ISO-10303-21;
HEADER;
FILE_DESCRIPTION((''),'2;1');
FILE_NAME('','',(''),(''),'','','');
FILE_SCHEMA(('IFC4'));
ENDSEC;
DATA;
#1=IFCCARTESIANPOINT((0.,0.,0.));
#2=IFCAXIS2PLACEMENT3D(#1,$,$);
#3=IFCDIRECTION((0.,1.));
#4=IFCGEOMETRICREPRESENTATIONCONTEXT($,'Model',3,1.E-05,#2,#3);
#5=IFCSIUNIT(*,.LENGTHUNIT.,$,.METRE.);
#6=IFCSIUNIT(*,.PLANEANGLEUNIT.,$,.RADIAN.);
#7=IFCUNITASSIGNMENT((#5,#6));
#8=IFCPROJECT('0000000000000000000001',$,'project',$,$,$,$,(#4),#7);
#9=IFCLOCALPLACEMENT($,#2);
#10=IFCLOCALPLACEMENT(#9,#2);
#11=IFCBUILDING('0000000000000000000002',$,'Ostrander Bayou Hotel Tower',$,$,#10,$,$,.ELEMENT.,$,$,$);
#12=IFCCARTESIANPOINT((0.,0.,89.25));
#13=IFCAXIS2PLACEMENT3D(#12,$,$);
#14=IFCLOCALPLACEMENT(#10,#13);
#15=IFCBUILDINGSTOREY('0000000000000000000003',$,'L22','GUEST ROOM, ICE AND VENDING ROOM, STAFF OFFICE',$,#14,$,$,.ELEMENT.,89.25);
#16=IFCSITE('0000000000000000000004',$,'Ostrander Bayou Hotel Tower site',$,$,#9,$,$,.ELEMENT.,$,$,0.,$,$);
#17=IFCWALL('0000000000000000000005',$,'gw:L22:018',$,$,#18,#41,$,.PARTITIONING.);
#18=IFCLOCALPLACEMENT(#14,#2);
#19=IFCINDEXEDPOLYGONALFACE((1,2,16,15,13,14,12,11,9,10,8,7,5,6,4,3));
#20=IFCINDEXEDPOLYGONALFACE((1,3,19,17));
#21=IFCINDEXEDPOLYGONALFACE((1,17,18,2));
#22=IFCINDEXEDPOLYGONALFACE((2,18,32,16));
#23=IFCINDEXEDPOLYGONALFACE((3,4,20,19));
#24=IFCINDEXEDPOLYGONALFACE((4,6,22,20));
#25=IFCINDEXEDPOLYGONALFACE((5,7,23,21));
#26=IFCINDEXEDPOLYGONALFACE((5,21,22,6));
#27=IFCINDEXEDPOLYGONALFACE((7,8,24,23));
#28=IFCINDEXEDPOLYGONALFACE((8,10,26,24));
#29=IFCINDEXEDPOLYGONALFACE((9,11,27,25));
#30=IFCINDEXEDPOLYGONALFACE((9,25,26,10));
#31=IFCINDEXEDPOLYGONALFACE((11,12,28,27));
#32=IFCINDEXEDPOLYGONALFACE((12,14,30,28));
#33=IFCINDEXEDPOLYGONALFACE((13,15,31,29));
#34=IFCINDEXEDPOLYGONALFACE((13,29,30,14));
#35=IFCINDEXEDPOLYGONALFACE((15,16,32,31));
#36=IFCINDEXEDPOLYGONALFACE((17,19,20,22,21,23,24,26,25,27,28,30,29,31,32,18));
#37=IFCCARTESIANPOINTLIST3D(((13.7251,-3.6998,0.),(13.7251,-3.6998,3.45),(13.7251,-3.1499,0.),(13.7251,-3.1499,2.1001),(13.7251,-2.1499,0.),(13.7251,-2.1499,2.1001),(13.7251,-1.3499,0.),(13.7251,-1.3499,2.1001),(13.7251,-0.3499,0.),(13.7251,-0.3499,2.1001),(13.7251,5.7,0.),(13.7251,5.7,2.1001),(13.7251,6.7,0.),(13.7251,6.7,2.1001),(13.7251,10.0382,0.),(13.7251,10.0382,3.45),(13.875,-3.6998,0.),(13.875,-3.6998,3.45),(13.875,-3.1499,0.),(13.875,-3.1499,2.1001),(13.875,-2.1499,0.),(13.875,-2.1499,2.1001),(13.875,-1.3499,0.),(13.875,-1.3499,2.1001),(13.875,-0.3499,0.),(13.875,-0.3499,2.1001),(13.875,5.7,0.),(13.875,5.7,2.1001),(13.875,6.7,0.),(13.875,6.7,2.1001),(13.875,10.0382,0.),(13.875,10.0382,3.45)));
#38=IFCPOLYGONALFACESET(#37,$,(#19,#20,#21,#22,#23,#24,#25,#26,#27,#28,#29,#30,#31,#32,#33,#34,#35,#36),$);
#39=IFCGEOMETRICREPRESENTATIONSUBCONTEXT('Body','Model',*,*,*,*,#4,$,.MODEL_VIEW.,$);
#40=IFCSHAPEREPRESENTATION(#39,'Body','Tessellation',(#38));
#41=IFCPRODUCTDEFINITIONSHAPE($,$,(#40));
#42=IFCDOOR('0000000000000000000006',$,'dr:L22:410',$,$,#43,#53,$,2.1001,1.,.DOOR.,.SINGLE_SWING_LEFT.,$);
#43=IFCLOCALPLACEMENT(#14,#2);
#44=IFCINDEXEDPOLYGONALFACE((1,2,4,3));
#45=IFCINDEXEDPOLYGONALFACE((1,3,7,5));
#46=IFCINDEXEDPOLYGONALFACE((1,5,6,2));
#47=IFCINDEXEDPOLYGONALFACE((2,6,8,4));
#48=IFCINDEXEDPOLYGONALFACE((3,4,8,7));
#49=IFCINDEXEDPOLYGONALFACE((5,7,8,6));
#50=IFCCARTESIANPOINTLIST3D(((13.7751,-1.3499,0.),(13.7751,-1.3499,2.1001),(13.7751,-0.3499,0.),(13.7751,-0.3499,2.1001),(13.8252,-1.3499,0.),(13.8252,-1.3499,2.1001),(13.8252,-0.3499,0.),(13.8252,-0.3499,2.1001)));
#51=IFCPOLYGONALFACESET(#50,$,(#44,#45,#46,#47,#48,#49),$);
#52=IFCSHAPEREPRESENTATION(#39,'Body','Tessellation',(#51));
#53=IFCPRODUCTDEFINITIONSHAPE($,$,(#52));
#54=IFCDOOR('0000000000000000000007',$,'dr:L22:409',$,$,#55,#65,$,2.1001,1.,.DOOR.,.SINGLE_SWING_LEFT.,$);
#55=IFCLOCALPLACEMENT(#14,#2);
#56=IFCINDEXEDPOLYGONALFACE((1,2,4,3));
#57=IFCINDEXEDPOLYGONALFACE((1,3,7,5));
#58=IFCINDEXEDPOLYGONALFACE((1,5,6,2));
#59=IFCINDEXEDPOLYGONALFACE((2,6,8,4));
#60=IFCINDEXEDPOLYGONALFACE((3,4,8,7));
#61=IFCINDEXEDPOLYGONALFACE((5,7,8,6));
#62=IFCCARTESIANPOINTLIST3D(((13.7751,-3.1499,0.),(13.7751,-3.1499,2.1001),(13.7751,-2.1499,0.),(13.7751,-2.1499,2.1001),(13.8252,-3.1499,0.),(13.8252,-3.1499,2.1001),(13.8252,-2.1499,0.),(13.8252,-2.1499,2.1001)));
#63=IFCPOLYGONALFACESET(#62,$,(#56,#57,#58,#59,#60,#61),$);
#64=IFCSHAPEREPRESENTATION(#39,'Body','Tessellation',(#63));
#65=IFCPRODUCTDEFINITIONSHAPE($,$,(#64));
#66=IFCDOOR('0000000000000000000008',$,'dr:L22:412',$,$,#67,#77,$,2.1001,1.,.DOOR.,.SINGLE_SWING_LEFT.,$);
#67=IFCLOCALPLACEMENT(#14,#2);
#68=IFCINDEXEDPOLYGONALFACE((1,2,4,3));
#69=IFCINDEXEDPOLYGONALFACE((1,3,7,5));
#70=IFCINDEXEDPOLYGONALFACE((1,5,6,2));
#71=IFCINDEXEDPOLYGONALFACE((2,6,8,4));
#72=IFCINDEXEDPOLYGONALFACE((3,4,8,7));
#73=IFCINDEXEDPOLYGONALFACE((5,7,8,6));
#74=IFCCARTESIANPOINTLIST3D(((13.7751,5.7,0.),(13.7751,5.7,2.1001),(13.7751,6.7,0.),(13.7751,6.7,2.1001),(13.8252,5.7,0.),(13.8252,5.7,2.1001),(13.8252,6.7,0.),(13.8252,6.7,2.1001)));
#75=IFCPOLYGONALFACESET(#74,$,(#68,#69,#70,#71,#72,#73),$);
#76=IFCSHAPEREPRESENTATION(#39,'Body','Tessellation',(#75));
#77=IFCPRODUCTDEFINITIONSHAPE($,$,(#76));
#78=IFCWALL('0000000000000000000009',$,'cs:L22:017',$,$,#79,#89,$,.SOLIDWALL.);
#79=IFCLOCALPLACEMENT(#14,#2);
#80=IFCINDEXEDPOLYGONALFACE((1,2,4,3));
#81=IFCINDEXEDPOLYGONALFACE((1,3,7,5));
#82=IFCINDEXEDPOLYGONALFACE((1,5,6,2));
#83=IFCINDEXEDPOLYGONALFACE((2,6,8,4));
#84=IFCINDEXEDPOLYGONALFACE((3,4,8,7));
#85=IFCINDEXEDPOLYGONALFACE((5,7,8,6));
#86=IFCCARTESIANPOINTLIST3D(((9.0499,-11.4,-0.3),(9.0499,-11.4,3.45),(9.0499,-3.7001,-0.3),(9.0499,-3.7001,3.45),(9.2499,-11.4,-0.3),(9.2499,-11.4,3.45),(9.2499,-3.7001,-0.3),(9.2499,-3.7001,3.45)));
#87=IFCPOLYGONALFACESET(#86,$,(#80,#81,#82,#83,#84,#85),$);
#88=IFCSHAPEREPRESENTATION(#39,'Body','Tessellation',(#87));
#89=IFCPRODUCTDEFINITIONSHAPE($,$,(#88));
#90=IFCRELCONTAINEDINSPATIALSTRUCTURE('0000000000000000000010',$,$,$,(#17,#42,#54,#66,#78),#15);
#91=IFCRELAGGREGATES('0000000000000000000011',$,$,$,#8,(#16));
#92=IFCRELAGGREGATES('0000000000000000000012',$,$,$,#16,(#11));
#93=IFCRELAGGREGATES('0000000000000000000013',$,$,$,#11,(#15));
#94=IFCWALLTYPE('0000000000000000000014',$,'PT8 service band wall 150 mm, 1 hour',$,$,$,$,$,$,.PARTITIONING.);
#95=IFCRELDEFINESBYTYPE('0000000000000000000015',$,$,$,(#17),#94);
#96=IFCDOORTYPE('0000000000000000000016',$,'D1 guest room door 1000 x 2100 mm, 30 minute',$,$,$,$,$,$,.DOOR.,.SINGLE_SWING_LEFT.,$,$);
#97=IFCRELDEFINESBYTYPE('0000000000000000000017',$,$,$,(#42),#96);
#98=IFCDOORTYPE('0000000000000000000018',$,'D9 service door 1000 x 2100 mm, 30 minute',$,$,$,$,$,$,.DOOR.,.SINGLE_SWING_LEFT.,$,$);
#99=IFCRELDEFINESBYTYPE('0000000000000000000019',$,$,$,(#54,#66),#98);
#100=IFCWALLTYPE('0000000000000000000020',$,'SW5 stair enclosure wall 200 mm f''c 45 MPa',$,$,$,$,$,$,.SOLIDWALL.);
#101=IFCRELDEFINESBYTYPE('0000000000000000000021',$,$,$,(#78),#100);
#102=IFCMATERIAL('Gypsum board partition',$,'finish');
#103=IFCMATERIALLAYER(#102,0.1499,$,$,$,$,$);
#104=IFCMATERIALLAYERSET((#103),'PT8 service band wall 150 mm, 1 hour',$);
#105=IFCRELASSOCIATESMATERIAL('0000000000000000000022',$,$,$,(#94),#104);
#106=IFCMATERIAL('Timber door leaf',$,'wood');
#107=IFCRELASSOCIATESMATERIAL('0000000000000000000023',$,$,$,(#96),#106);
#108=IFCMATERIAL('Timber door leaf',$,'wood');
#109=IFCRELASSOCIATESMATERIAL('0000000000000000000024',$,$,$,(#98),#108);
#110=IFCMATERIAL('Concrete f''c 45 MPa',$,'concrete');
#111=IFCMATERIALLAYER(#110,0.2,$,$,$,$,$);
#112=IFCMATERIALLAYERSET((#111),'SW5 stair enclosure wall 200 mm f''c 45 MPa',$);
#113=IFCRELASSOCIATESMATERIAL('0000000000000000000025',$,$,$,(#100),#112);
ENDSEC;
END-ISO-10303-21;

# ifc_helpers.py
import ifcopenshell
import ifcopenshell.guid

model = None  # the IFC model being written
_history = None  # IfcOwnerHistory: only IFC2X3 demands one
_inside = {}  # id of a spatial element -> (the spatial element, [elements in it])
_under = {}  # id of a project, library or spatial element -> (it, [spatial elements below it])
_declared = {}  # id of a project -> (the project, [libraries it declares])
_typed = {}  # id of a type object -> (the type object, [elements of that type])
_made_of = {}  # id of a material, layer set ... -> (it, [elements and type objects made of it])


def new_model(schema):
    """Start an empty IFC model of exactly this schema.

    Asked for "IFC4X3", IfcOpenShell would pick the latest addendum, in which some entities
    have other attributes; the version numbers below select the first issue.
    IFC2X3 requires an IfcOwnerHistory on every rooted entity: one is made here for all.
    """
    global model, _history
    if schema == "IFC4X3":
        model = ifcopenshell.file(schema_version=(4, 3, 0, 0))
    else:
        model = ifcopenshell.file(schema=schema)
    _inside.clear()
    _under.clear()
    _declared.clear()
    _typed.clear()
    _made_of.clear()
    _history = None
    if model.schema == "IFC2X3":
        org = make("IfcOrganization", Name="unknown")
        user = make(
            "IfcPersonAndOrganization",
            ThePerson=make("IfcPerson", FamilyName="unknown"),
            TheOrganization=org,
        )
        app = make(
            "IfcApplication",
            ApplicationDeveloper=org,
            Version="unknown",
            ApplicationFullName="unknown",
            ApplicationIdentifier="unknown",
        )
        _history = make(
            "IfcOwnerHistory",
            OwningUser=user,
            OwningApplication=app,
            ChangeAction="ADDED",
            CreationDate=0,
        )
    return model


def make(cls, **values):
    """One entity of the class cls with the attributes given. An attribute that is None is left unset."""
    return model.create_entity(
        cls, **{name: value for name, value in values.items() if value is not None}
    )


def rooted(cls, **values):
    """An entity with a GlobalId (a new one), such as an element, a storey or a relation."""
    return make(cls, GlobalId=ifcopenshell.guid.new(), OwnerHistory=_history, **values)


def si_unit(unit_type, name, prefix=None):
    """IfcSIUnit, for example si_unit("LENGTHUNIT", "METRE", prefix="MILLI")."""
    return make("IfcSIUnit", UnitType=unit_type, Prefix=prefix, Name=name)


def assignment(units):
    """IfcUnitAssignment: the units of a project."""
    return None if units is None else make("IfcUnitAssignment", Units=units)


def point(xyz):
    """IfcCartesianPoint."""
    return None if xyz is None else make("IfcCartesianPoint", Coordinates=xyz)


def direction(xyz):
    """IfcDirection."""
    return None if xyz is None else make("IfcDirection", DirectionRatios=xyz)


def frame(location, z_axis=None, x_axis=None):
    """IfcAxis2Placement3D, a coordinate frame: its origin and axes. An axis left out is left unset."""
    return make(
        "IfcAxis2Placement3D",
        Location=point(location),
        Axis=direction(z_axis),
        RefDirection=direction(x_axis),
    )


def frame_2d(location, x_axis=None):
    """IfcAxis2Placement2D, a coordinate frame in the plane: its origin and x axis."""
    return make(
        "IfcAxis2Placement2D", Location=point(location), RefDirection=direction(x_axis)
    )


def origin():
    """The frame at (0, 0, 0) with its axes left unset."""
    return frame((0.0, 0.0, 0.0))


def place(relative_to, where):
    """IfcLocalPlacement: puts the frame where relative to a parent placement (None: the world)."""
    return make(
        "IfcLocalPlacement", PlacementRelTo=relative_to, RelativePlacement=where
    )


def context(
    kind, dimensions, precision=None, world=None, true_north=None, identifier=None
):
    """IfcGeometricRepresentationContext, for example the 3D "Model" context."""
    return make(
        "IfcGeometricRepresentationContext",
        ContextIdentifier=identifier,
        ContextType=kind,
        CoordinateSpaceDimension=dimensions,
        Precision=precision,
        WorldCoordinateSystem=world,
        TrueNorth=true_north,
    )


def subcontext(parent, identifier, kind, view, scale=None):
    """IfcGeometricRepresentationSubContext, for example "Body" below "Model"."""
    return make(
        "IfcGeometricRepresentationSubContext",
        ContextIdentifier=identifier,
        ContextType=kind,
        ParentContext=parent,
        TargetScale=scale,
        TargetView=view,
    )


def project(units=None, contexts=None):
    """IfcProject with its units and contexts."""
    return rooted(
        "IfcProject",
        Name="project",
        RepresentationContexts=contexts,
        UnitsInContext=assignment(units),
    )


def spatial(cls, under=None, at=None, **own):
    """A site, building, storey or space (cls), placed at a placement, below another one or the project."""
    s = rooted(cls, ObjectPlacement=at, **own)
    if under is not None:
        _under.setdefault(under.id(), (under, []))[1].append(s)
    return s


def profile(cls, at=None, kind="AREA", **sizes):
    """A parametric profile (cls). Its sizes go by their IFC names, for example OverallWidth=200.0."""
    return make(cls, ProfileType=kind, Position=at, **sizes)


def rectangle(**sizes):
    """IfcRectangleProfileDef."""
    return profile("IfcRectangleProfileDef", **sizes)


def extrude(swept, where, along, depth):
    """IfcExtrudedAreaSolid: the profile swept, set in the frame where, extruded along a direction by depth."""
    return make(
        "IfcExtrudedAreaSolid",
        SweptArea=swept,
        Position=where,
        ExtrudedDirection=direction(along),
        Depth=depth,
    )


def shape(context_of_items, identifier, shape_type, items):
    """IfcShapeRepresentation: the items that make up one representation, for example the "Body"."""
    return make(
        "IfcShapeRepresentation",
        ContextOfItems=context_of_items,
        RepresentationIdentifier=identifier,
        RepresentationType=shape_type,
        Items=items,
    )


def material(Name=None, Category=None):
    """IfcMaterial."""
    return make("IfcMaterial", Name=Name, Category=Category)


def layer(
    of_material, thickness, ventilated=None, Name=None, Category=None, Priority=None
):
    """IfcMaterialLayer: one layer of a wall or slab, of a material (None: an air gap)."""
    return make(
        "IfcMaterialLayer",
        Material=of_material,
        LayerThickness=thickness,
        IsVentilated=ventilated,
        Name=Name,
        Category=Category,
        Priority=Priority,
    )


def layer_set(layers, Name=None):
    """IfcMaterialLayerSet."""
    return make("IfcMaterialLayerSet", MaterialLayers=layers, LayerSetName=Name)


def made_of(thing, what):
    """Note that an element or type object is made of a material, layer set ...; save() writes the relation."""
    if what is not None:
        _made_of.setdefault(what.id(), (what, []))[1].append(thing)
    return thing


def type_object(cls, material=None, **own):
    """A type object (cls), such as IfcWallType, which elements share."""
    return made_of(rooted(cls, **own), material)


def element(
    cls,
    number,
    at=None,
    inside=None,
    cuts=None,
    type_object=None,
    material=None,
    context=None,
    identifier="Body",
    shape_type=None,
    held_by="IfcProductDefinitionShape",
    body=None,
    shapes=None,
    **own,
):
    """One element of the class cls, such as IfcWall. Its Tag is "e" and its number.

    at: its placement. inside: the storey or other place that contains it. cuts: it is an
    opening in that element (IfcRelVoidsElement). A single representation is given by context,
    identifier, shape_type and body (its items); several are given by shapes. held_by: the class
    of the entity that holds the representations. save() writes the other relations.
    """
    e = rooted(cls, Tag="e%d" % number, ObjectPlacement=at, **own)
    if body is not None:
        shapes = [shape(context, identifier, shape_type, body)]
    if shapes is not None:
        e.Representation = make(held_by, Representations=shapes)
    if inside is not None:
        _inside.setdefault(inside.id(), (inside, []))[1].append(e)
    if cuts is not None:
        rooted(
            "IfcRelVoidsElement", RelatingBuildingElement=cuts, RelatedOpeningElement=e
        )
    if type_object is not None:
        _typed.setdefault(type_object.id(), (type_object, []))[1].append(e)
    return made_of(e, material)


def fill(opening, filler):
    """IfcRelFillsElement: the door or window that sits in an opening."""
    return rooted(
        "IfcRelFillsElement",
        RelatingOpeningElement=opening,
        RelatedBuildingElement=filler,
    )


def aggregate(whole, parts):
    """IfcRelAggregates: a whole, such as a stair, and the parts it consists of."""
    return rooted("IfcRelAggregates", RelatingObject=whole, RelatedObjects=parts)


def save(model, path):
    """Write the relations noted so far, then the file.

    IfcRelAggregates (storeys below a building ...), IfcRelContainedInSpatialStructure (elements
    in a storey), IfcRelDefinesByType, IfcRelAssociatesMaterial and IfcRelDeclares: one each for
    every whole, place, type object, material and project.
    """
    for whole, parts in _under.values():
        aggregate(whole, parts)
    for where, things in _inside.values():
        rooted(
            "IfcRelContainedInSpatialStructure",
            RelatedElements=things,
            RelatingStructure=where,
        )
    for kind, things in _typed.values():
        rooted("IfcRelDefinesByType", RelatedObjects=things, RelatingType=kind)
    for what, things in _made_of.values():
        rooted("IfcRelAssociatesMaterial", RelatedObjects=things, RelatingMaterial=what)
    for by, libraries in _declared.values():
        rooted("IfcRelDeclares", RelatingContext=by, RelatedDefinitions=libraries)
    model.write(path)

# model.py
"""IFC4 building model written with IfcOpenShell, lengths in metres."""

from ifc_helpers import new_model, si_unit, direction, frame, frame_2d, origin, place, context, subcontext, project, spatial, rectangle, extrude, material, layer, layer_set, type_object, element, fill, save


model = new_model("IFC4")

# Units and contexts
model_context = context("Model", 3, precision=1e-05, world=origin(), true_north=direction((0.0, 1.0)))
body_context = subcontext(model_context, "Body", "Model", "MODEL_VIEW")
ifc_project = project(units=[si_unit("LENGTHUNIT", "METRE"), si_unit("PLANEANGLEUNIT", "RADIAN")], contexts=[model_context])

# Site, building, storey
site_placement = place(None, origin())
site = spatial("IfcSite", under=ifc_project, at=site_placement, Name="Ostrander Bayou Hotel Tower site", CompositionType="ELEMENT", RefElevation=0.0)
building_placement = place(site_placement, origin())
building = spatial("IfcBuilding", under=site, at=building_placement, Name="Ostrander Bayou Hotel Tower", CompositionType="ELEMENT")
storey_placement = place(building_placement, frame((0.0, 0.0, 89.25)))
storey = spatial("IfcBuildingStorey", under=building, at=storey_placement, Name="L22", Description="GUEST ROOM, ICE AND VENDING ROOM, STAFF OFFICE", CompositionType="ELEMENT", Elevation=89.25)

# Shared definitions
ifc_material_1 = material(Name="Gypsum board partition", Category="finish")
ifc_layer_1 = layer(ifc_material_1, 0.1499)
ifc_layer_set_1 = layer_set([ifc_layer_1], Name="PT8 service band wall 150 mm, 1 hour")
wall_type_1 = type_object("IfcWallType", Name="PT8 service band wall 150 mm, 1 hour", PredefinedType="PARTITIONING", material=ifc_layer_set_1)

# Shared definitions
ifc_material_2 = material(Name="Timber door leaf", Category="wood")
door_type_1 = type_object("IfcDoorType", Name="D1 guest room door 1000 x 2100 mm, 30 minute", OperationType="SINGLE_SWING_LEFT", PredefinedType="DOOR", material=ifc_material_2)

# Wall, openings, doors
wall_1_placement = place(storey_placement, frame((13.8, -3.7, 0.0), z_axis=(0.0, 0.0, 1.0), x_axis=(0.0, 1.0, 0.0)))
wall_1 = element("IfcWall", 1, at=wall_1_placement, inside=storey, type_object=wall_type_1, Name="gw:L22:018", PredefinedType="PARTITIONING", context=body_context, shape_type="SweptSolid", body=[
    extrude(rectangle(XDim=13.738, YDim=0.1499, at=frame_2d((6.8691, 0.0))), origin(), (0.0, 0.0, 1.0), 3.45),
])
opening_1_placement = place(wall_1_placement, frame((0.55, 0.0, 0.0)))
opening_1 = element("IfcOpeningElement", 2, at=opening_1_placement, cuts=wall_1, PredefinedType="OPENING", context=body_context, shape_type="SweptSolid", body=[
    extrude(rectangle(XDim=1.0, YDim=2.1001, at=frame_2d((0.5, 1.05))), frame((0.0, 0.075, 0.0), z_axis=(0.0, -1.0, 0.0), x_axis=(1.0, 0.0, 0.0)), (0.0, 0.0, 1.0), 0.1499),
])
opening_2_placement = place(wall_1_placement, frame((2.3501, 0.0, 0.0)))
opening_2 = element("IfcOpeningElement", 3, at=opening_2_placement, cuts=wall_1, PredefinedType="OPENING", context=body_context, shape_type="SweptSolid", body=[
    extrude(rectangle(XDim=1.0, YDim=2.1001, at=frame_2d((0.5, 1.05))), frame((0.0, 0.075, 0.0), z_axis=(0.0, -1.0, 0.0), x_axis=(1.0, 0.0, 0.0)), (0.0, 0.0, 1.0), 0.1499),
])
opening_3_placement = place(wall_1_placement, frame((9.3999, 0.0, 0.0)))
opening_3 = element("IfcOpeningElement", 4, at=opening_3_placement, cuts=wall_1, PredefinedType="OPENING", context=body_context, shape_type="SweptSolid", body=[
    extrude(rectangle(XDim=1.0, YDim=2.1001, at=frame_2d((0.5, 1.05))), frame((0.0, 0.075, 0.0), z_axis=(0.0, -1.0, 0.0), x_axis=(1.0, 0.0, 0.0)), (0.0, 0.0, 1.0), 0.1499),
])
door_1_placement = place(opening_2_placement, origin())
door_1 = element("IfcDoor", 5, at=door_1_placement, inside=storey, type_object=door_type_1, Name="dr:L22:410", OperationType="SINGLE_SWING_LEFT", OverallHeight=2.1001, OverallWidth=1.0, PredefinedType="DOOR", context=body_context, shape_type="SweptSolid", body=[
    extrude(rectangle(XDim=1.0, YDim=2.1001, at=frame_2d((0.5, 1.05))), frame((0.0, 0.0249, 0.0), z_axis=(0.0, -1.0, 0.0), x_axis=(1.0, 0.0, 0.0)), (0.0, 0.0, 1.0), 0.05),
])
fill(opening_2, door_1)
ifc_material_3 = material(Name="Timber door leaf", Category="wood")
door_type_2 = type_object("IfcDoorType", Name="D9 service door 1000 x 2100 mm, 30 minute", OperationType="SINGLE_SWING_LEFT", PredefinedType="DOOR", material=ifc_material_3)
door_2_placement = place(opening_1_placement, origin())
door_2 = element("IfcDoor", 6, at=door_2_placement, inside=storey, type_object=door_type_2, Name="dr:L22:409", OperationType="SINGLE_SWING_LEFT", OverallHeight=2.1001, OverallWidth=1.0, PredefinedType="DOOR", context=body_context, shape_type="SweptSolid", body=[
    extrude(rectangle(XDim=1.0, YDim=2.1001, at=frame_2d((0.5, 1.05))), frame((0.0, 0.0249, 0.0), z_axis=(0.0, -1.0, 0.0), x_axis=(1.0, 0.0, 0.0)), (0.0, 0.0, 1.0), 0.05),
])
fill(opening_1, door_2)
door_3_placement = place(opening_3_placement, origin())
door_3 = element("IfcDoor", 7, at=door_3_placement, inside=storey, type_object=door_type_2, Name="dr:L22:412", OperationType="SINGLE_SWING_LEFT", OverallHeight=2.1001, OverallWidth=1.0, PredefinedType="DOOR", context=body_context, shape_type="SweptSolid", body=[
    extrude(rectangle(XDim=1.0, YDim=2.1001, at=frame_2d((0.5, 1.05))), frame((0.0, 0.0249, 0.0), z_axis=(0.0, -1.0, 0.0), x_axis=(1.0, 0.0, 0.0)), (0.0, 0.0, 1.0), 0.05),
])
fill(opening_3, door_3)

# Wall
ifc_material_4 = material(Name="Concrete f'c 45 MPa", Category="concrete")
ifc_layer_2 = layer(ifc_material_4, 0.2)
ifc_layer_set_2 = layer_set([ifc_layer_2], Name="SW5 stair enclosure wall 200 mm f'c 45 MPa")
wall_type_2 = type_object("IfcWallType", Name="SW5 stair enclosure wall 200 mm f'c 45 MPa", PredefinedType="SOLIDWALL", material=ifc_layer_set_2)
wall_2_placement = place(storey_placement, frame((9.1499, -3.7, -0.3), z_axis=(0.0, 0.0, 1.0), x_axis=(0.0, -1.0, 0.0)))
element("IfcWall", 8, at=wall_2_placement, inside=storey, type_object=wall_type_2, Name="cs:L22:017", PredefinedType="SOLIDWALL", context=body_context, shape_type="SweptSolid", body=[
    extrude(rectangle(XDim=7.7, YDim=0.2, at=frame_2d((3.8501, 0.0))), origin(), (0.0, 0.0, 1.0), 3.75),
])

save(model, "model.ifc")
